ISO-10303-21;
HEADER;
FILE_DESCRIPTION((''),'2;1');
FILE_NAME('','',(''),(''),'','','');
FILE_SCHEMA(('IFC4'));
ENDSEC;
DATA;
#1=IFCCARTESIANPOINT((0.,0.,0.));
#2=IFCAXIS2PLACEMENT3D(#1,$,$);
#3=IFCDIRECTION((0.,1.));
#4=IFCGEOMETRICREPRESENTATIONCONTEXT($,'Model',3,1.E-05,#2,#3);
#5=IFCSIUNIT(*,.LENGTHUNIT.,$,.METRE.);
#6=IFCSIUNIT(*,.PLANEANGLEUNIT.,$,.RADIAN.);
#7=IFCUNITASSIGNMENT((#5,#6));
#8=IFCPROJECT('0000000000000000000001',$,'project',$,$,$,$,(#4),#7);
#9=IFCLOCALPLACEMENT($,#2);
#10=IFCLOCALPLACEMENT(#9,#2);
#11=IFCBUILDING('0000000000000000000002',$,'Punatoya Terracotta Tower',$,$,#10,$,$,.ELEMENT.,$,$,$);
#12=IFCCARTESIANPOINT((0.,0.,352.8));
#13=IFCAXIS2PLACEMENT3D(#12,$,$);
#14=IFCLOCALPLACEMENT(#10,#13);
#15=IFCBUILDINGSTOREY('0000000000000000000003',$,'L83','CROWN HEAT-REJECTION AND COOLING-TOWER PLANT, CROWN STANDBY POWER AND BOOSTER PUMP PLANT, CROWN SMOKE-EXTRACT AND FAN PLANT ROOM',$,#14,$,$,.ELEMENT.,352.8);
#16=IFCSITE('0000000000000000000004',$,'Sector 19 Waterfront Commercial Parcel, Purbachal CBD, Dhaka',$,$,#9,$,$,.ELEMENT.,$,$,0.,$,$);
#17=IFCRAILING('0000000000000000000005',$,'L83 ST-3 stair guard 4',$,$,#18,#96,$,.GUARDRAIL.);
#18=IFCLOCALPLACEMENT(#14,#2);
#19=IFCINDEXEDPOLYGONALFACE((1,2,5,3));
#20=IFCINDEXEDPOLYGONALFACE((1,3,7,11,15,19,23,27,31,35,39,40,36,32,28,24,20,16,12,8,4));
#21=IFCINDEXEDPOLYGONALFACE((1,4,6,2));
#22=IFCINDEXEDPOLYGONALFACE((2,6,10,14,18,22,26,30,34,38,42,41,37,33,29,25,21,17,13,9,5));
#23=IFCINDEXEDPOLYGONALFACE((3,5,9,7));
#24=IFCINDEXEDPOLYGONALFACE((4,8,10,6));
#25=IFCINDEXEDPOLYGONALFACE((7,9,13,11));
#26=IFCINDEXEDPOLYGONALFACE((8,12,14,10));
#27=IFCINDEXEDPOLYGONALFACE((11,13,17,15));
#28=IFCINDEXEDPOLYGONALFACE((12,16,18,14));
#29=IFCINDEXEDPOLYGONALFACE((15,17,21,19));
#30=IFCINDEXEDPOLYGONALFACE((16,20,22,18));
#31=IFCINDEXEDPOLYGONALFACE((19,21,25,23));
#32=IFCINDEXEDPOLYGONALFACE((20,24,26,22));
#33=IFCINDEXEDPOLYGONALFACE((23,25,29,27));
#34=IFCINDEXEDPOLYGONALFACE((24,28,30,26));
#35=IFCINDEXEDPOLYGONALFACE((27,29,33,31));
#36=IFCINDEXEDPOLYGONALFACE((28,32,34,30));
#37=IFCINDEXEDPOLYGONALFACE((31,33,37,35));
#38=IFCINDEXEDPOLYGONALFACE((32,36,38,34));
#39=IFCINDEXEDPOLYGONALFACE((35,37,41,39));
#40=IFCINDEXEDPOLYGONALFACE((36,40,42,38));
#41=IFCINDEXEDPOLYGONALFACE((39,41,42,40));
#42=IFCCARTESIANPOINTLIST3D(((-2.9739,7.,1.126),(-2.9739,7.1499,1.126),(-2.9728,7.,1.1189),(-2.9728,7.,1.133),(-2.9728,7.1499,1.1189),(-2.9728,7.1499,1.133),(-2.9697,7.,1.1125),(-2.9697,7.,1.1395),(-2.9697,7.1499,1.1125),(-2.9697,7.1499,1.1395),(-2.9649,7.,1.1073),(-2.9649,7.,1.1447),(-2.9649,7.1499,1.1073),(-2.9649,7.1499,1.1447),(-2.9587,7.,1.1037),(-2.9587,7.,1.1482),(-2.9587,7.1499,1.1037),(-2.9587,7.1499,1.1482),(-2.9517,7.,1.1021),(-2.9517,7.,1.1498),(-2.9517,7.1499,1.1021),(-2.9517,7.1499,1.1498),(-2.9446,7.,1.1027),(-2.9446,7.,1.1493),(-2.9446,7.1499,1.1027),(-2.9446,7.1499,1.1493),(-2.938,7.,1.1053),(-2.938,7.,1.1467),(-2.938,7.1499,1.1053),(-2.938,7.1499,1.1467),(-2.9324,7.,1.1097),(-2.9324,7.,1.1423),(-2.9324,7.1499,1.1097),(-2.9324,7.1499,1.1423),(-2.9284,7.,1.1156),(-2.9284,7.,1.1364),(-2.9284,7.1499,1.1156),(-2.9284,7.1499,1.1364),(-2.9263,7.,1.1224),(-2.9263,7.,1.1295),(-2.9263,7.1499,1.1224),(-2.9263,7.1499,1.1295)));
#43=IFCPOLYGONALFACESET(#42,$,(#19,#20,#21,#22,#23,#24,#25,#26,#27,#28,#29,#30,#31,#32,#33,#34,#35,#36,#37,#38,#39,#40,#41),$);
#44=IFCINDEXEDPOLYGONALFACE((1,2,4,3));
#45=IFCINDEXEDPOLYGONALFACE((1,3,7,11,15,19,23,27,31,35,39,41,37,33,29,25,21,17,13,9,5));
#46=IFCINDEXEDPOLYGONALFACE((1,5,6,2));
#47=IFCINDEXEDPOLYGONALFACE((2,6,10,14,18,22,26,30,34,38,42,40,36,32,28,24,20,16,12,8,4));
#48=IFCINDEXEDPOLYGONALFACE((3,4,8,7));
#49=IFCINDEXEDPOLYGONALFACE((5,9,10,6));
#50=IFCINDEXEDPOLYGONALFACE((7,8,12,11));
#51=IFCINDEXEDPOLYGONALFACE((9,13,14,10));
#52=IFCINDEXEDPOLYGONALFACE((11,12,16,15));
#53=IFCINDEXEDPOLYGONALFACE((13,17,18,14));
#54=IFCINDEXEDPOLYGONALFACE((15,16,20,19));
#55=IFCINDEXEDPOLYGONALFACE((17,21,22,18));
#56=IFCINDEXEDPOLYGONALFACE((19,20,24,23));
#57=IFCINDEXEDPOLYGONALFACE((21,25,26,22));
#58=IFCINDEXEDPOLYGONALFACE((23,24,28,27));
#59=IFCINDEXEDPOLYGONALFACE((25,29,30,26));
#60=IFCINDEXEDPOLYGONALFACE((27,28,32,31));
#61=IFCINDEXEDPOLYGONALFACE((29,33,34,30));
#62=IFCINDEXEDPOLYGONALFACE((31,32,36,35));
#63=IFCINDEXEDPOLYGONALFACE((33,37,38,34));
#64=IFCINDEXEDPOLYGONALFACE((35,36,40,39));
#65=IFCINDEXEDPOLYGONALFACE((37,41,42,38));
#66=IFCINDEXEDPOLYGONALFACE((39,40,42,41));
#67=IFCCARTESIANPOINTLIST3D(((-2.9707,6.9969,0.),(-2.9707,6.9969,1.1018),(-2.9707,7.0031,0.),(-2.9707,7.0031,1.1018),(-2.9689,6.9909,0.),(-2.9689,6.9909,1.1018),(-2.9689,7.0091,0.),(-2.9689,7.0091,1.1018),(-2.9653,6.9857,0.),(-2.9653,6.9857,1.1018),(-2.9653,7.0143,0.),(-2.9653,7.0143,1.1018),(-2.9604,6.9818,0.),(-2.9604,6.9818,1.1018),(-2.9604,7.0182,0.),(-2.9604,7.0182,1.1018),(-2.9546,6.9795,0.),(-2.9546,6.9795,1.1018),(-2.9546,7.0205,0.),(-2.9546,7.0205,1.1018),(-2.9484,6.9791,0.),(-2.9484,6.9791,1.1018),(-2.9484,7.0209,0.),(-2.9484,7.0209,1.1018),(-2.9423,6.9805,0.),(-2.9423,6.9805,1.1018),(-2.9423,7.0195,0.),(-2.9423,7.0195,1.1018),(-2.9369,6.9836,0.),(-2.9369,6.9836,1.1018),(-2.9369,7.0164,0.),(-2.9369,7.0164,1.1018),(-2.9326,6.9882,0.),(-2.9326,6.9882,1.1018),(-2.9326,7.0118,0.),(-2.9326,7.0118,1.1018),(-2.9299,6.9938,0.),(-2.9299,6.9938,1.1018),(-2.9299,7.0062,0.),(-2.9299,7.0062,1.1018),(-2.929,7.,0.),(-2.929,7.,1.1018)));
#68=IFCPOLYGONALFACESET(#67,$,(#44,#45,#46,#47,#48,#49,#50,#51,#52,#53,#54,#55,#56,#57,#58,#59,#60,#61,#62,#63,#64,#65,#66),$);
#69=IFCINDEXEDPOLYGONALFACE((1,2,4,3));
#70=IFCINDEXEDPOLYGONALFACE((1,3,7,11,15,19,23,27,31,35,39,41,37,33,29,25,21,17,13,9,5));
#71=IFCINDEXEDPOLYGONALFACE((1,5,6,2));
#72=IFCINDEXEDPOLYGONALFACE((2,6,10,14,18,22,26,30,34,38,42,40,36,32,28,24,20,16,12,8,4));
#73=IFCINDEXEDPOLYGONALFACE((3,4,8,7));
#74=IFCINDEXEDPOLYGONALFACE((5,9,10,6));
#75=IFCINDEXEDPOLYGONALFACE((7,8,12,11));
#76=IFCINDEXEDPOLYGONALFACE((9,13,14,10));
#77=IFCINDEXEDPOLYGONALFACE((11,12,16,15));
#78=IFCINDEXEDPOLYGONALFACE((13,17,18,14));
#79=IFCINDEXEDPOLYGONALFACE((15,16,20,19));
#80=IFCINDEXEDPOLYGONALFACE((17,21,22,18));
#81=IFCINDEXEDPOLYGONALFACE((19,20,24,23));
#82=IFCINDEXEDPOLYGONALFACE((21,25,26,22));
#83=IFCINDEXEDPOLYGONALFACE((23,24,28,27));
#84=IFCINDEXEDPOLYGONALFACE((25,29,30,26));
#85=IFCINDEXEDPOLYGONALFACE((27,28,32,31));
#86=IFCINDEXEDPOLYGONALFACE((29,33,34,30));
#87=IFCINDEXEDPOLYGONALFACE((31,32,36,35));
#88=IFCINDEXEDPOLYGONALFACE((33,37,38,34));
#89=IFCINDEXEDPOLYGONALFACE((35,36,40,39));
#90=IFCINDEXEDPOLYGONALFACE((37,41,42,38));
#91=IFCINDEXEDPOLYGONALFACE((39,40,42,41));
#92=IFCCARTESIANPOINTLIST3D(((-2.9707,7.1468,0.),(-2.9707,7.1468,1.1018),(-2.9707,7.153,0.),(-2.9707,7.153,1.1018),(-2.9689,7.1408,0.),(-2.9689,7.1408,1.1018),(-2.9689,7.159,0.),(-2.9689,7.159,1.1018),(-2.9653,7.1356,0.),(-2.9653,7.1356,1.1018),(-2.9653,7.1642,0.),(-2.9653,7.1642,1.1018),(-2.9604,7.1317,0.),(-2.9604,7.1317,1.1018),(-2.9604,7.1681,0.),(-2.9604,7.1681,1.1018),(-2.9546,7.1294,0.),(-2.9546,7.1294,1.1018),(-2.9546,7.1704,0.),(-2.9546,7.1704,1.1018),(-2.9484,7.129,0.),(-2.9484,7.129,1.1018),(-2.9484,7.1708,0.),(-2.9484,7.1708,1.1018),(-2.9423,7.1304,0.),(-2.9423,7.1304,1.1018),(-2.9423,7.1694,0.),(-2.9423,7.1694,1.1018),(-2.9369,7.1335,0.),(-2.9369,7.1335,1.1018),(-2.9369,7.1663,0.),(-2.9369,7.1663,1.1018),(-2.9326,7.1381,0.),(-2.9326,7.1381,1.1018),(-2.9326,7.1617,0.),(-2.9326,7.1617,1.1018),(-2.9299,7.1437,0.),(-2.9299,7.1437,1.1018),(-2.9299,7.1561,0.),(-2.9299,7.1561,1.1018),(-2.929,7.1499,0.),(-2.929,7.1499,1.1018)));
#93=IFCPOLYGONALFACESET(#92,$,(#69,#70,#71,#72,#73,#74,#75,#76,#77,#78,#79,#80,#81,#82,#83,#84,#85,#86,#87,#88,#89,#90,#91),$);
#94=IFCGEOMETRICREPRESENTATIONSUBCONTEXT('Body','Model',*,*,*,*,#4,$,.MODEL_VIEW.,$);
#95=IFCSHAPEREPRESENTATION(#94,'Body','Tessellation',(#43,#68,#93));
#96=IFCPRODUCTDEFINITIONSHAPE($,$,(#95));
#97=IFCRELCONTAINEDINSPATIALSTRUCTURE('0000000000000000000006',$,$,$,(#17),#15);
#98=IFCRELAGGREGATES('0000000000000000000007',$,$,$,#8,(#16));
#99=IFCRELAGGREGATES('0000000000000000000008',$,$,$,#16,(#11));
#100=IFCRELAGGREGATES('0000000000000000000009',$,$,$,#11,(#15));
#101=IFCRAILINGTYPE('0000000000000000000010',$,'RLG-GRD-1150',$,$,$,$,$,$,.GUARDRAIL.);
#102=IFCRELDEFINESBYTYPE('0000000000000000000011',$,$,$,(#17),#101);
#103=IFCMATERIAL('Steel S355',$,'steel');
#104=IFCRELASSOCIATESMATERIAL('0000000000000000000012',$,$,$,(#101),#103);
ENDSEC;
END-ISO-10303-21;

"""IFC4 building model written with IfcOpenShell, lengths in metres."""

from ifc_helpers import new_model, si_unit, direction, frame, origin, origin_2d, place, context, subcontext, project, spatial, circle, extrude, material, type_object, element, save


model = new_model("IFC4")

# Units and contexts
model_context = context("Model", 3, precision=1e-05, world=origin(), true_north=direction((0.0, 1.0)))
body_context = subcontext(model_context, "Body", "Model", "MODEL_VIEW")
ifc_project = project(units=[si_unit("LENGTHUNIT", "METRE"), si_unit("PLANEANGLEUNIT", "RADIAN")], contexts=[model_context])

# Site, building, storey
site_placement = place(None, origin())
site = spatial("IfcSite", under=ifc_project, at=site_placement, Name="Sector 19 Waterfront Commercial Parcel, Purbachal CBD, Dhaka", CompositionType="ELEMENT", RefElevation=0.0)
building_placement = place(site_placement, origin())
building = spatial("IfcBuilding", under=site, at=building_placement, Name="Punatoya Terracotta Tower", CompositionType="ELEMENT")
storey_placement = place(building_placement, frame((0.0, 0.0, 352.8)))
storey = spatial("IfcBuildingStorey", under=building, at=storey_placement, Name="L83", Description="CROWN HEAT-REJECTION AND COOLING-TOWER PLANT, CROWN STANDBY POWER AND BOOSTER PUMP PLANT, CROWN SMOKE-EXTRACT AND FAN PLANT ROOM", CompositionType="ELEMENT", Elevation=352.8)

# Shared definitions
ifc_material_1 = material(Name="Steel S355", Category="steel")

# Railing
railing_type_1 = type_object("IfcRailingType", Name="RLG-GRD-1150", PredefinedType="GUARDRAIL", material=ifc_material_1)
railing_1_placement = place(storey_placement, frame((-2.95, 7.0, 0.0)))
element("IfcRailing", 1, at=railing_1_placement, inside=storey, type_object=railing_type_1, Name="L83 ST-3 stair guard 4", PredefinedType="GUARDRAIL", context=body_context, shape_type="SweptSolid", body=[
    extrude(circle(Radius=0.0239, at=origin_2d()), frame((0.0, 0.0, 1.126), z_axis=(0.0, 1.0, 0.0), x_axis=(-1.0, 0.0, 0.0)), (0.0, 0.0, 1.0), 0.1499),
    extrude(circle(Radius=0.021, at=origin_2d()), origin(), (0.0, 0.0, 1.0), 1.1018),
    extrude(circle(Radius=0.021, at=origin_2d()), frame((0.0, 0.1499, 0.0)), (0.0, 0.0, 1.0), 1.1018),
])

save(model, "model.ifc")
